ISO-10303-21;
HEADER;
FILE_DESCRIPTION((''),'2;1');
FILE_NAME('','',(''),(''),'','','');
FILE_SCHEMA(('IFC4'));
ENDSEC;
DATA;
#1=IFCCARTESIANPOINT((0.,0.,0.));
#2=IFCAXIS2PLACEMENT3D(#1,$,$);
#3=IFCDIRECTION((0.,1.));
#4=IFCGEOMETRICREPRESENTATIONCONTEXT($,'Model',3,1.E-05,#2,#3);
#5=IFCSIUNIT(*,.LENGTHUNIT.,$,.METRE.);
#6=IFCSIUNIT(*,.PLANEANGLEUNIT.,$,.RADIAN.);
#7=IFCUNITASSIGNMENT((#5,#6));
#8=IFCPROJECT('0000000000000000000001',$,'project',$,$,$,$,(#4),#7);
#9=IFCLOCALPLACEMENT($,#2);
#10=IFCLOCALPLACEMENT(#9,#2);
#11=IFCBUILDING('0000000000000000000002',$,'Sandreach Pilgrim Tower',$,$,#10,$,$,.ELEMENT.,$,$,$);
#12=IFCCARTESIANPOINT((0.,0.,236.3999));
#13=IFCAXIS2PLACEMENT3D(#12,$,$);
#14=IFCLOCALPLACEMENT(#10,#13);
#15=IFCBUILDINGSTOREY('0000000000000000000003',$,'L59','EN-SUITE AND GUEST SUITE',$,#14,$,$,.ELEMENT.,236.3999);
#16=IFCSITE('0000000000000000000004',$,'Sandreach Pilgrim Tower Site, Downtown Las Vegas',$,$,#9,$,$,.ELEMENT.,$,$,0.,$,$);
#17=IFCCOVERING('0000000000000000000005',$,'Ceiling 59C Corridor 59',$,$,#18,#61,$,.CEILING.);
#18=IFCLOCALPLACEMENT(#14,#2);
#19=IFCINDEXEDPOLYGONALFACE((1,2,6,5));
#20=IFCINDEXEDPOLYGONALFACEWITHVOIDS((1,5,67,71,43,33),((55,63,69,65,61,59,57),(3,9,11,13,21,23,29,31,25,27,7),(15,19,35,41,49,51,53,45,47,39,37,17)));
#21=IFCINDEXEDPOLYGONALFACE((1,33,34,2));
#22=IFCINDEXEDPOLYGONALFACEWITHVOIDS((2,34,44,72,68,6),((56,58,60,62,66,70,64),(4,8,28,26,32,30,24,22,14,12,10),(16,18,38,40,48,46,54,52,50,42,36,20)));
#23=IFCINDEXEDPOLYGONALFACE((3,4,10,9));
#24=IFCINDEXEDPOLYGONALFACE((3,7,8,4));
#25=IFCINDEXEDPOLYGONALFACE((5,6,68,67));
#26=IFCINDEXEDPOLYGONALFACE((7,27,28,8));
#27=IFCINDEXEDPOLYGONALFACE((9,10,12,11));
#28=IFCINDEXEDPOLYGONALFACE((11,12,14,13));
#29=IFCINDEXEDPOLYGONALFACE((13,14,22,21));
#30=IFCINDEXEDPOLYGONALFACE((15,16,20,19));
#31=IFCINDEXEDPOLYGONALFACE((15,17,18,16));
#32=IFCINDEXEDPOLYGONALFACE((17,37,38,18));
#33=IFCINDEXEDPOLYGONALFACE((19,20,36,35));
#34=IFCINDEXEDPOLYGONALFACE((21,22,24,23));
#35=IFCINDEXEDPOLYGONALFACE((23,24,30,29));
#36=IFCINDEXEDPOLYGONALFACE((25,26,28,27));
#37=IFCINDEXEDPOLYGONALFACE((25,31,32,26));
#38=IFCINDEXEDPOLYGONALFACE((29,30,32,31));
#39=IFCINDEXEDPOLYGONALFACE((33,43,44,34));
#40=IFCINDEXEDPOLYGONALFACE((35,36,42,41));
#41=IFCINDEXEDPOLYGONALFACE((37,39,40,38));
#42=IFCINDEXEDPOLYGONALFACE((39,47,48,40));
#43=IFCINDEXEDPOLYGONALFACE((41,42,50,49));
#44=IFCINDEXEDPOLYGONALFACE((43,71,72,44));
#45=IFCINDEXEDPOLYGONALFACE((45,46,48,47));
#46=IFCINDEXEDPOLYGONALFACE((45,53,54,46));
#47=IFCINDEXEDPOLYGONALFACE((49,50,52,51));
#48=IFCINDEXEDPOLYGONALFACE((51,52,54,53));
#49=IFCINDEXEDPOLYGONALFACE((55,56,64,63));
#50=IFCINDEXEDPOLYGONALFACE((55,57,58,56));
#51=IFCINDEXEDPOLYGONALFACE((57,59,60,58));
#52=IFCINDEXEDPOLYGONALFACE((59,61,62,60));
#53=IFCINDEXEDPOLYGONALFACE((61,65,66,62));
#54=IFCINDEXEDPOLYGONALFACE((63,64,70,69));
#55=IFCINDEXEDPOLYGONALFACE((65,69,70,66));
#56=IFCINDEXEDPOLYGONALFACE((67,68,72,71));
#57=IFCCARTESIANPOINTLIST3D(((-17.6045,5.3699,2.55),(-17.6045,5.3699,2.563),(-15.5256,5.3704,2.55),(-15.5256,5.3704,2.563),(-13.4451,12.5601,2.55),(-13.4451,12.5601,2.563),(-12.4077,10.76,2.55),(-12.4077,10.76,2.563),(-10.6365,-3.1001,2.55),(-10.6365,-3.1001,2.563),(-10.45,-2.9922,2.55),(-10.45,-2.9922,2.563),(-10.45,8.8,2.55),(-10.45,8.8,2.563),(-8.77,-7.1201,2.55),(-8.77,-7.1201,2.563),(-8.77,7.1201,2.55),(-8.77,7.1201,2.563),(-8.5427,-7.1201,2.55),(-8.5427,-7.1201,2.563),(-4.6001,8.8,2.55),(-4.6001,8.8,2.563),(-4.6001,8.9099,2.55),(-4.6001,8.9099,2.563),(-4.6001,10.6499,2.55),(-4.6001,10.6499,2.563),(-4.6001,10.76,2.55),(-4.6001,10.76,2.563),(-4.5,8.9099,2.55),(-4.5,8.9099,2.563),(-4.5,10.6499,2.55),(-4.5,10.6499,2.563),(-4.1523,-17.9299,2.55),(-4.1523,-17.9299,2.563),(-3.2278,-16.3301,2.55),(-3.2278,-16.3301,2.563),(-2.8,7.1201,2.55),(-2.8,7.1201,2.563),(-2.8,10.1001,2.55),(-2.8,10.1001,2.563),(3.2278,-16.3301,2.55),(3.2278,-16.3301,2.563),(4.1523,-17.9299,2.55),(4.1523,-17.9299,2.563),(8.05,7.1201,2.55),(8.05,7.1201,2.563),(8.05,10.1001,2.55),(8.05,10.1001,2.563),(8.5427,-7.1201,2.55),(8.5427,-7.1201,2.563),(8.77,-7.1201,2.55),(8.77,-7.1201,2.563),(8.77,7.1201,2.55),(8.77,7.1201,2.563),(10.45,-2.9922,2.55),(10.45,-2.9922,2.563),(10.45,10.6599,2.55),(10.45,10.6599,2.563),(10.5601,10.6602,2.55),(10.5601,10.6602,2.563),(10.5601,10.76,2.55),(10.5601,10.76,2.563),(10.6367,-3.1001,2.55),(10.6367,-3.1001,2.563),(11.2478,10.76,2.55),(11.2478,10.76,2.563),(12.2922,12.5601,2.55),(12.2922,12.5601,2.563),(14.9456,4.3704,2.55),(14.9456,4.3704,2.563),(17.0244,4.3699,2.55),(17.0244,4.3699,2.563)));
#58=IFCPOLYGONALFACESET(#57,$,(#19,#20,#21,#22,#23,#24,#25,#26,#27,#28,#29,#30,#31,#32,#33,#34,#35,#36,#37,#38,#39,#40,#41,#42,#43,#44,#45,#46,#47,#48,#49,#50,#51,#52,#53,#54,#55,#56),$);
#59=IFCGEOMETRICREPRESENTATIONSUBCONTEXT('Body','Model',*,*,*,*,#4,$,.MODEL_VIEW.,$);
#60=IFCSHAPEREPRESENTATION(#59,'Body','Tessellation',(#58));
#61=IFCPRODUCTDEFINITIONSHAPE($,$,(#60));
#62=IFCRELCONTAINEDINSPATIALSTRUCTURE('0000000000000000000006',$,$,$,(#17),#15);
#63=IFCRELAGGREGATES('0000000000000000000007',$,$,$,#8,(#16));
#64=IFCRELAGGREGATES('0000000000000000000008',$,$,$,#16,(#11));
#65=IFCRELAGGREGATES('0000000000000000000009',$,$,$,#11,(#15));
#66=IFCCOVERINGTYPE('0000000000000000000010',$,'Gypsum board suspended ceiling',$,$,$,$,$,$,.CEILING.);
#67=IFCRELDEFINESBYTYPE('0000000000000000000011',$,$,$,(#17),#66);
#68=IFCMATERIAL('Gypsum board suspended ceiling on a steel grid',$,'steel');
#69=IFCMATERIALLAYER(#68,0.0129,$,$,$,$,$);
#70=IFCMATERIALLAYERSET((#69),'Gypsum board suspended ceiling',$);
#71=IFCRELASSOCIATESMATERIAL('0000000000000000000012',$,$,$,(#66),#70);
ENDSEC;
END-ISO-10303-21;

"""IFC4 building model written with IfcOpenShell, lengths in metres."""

from ifc_helpers import new_model, si_unit, direction, frame, origin, place, context, subcontext, project, spatial, polyline, outline, extrude, material, layer, layer_set, type_object, element, save


model = new_model("IFC4")

# Units and contexts
model_context = context("Model", 3, precision=1e-05, world=origin(), true_north=direction((0.0, 1.0)))
body_context = subcontext(model_context, "Body", "Model", "MODEL_VIEW")
ifc_project = project(units=[si_unit("LENGTHUNIT", "METRE"), si_unit("PLANEANGLEUNIT", "RADIAN")], contexts=[model_context])

# Site, building, storey
site_placement = place(None, origin())
site = spatial("IfcSite", under=ifc_project, at=site_placement, Name="Sandreach Pilgrim Tower Site, Downtown Las Vegas", CompositionType="ELEMENT", RefElevation=0.0)
building_placement = place(site_placement, origin())
building = spatial("IfcBuilding", under=site, at=building_placement, Name="Sandreach Pilgrim Tower", CompositionType="ELEMENT")
storey_placement = place(building_placement, frame((0.0, 0.0, 236.3999)))
storey = spatial("IfcBuildingStorey", under=building, at=storey_placement, Name="L59", Description="EN-SUITE AND GUEST SUITE", CompositionType="ELEMENT", Elevation=236.3999)

# Covering
ifc_material_1 = material(Name="Gypsum board suspended ceiling on a steel grid", Category="steel")
ifc_layer_1 = layer(ifc_material_1, 0.0129)
ifc_layer_set_1 = layer_set([ifc_layer_1], Name="Gypsum board suspended ceiling")
covering_type_1 = type_object("IfcCoveringType", Name="Gypsum board suspended ceiling", PredefinedType="CEILING", material=ifc_layer_set_1)
covering_1_placement = place(storey_placement, frame((0.0, 0.0, 2.55)))
element("IfcCovering", 1, at=covering_1_placement, inside=storey, type_object=covering_type_1, Name="Ceiling 59C Corridor 59", PredefinedType="CEILING", context=body_context, shape_type="SweptSolid", body=[
    extrude(outline(polyline([(-4.1523, -17.9299), (-17.6045, 5.3699), (-13.4451, 12.5601), (12.2922, 12.5601), (17.0244, 4.3699), (4.1523, -17.9299), (-4.1523, -17.9299)]), holes=[polyline([(10.45, 10.6599), (10.45, -2.9922), (10.6367, -3.1001), (14.9456, 4.3704), (11.2478, 10.76), (10.5601, 10.76), (10.5601, 10.6602), (10.45, 10.6599)]), polyline([(-3.2278, -16.3301), (3.2278, -16.3301), (8.5427, -7.1201), (8.77, -7.1201), (8.77, 7.1201), (8.05, 7.1201), (8.05, 10.1001), (-2.8, 10.1001), (-2.8, 7.1201), (-8.77, 7.1201), (-8.77, -7.1201), (-8.5427, -7.1201), (-3.2278, -16.3301)]), polyline([(-15.5256, 5.3704), (-10.6365, -3.1001), (-10.45, -2.9922), (-10.45, 8.8), (-4.6001, 8.8), (-4.6001, 8.9099), (-4.5, 8.9099), (-4.5, 10.6499), (-4.6001, 10.6499), (-4.6001, 10.76), (-12.4077, 10.76), (-15.5256, 5.3704)])]), origin(), (0.0, 0.0, 1.0), 0.0129),
])

save(model, "model.ifc")
